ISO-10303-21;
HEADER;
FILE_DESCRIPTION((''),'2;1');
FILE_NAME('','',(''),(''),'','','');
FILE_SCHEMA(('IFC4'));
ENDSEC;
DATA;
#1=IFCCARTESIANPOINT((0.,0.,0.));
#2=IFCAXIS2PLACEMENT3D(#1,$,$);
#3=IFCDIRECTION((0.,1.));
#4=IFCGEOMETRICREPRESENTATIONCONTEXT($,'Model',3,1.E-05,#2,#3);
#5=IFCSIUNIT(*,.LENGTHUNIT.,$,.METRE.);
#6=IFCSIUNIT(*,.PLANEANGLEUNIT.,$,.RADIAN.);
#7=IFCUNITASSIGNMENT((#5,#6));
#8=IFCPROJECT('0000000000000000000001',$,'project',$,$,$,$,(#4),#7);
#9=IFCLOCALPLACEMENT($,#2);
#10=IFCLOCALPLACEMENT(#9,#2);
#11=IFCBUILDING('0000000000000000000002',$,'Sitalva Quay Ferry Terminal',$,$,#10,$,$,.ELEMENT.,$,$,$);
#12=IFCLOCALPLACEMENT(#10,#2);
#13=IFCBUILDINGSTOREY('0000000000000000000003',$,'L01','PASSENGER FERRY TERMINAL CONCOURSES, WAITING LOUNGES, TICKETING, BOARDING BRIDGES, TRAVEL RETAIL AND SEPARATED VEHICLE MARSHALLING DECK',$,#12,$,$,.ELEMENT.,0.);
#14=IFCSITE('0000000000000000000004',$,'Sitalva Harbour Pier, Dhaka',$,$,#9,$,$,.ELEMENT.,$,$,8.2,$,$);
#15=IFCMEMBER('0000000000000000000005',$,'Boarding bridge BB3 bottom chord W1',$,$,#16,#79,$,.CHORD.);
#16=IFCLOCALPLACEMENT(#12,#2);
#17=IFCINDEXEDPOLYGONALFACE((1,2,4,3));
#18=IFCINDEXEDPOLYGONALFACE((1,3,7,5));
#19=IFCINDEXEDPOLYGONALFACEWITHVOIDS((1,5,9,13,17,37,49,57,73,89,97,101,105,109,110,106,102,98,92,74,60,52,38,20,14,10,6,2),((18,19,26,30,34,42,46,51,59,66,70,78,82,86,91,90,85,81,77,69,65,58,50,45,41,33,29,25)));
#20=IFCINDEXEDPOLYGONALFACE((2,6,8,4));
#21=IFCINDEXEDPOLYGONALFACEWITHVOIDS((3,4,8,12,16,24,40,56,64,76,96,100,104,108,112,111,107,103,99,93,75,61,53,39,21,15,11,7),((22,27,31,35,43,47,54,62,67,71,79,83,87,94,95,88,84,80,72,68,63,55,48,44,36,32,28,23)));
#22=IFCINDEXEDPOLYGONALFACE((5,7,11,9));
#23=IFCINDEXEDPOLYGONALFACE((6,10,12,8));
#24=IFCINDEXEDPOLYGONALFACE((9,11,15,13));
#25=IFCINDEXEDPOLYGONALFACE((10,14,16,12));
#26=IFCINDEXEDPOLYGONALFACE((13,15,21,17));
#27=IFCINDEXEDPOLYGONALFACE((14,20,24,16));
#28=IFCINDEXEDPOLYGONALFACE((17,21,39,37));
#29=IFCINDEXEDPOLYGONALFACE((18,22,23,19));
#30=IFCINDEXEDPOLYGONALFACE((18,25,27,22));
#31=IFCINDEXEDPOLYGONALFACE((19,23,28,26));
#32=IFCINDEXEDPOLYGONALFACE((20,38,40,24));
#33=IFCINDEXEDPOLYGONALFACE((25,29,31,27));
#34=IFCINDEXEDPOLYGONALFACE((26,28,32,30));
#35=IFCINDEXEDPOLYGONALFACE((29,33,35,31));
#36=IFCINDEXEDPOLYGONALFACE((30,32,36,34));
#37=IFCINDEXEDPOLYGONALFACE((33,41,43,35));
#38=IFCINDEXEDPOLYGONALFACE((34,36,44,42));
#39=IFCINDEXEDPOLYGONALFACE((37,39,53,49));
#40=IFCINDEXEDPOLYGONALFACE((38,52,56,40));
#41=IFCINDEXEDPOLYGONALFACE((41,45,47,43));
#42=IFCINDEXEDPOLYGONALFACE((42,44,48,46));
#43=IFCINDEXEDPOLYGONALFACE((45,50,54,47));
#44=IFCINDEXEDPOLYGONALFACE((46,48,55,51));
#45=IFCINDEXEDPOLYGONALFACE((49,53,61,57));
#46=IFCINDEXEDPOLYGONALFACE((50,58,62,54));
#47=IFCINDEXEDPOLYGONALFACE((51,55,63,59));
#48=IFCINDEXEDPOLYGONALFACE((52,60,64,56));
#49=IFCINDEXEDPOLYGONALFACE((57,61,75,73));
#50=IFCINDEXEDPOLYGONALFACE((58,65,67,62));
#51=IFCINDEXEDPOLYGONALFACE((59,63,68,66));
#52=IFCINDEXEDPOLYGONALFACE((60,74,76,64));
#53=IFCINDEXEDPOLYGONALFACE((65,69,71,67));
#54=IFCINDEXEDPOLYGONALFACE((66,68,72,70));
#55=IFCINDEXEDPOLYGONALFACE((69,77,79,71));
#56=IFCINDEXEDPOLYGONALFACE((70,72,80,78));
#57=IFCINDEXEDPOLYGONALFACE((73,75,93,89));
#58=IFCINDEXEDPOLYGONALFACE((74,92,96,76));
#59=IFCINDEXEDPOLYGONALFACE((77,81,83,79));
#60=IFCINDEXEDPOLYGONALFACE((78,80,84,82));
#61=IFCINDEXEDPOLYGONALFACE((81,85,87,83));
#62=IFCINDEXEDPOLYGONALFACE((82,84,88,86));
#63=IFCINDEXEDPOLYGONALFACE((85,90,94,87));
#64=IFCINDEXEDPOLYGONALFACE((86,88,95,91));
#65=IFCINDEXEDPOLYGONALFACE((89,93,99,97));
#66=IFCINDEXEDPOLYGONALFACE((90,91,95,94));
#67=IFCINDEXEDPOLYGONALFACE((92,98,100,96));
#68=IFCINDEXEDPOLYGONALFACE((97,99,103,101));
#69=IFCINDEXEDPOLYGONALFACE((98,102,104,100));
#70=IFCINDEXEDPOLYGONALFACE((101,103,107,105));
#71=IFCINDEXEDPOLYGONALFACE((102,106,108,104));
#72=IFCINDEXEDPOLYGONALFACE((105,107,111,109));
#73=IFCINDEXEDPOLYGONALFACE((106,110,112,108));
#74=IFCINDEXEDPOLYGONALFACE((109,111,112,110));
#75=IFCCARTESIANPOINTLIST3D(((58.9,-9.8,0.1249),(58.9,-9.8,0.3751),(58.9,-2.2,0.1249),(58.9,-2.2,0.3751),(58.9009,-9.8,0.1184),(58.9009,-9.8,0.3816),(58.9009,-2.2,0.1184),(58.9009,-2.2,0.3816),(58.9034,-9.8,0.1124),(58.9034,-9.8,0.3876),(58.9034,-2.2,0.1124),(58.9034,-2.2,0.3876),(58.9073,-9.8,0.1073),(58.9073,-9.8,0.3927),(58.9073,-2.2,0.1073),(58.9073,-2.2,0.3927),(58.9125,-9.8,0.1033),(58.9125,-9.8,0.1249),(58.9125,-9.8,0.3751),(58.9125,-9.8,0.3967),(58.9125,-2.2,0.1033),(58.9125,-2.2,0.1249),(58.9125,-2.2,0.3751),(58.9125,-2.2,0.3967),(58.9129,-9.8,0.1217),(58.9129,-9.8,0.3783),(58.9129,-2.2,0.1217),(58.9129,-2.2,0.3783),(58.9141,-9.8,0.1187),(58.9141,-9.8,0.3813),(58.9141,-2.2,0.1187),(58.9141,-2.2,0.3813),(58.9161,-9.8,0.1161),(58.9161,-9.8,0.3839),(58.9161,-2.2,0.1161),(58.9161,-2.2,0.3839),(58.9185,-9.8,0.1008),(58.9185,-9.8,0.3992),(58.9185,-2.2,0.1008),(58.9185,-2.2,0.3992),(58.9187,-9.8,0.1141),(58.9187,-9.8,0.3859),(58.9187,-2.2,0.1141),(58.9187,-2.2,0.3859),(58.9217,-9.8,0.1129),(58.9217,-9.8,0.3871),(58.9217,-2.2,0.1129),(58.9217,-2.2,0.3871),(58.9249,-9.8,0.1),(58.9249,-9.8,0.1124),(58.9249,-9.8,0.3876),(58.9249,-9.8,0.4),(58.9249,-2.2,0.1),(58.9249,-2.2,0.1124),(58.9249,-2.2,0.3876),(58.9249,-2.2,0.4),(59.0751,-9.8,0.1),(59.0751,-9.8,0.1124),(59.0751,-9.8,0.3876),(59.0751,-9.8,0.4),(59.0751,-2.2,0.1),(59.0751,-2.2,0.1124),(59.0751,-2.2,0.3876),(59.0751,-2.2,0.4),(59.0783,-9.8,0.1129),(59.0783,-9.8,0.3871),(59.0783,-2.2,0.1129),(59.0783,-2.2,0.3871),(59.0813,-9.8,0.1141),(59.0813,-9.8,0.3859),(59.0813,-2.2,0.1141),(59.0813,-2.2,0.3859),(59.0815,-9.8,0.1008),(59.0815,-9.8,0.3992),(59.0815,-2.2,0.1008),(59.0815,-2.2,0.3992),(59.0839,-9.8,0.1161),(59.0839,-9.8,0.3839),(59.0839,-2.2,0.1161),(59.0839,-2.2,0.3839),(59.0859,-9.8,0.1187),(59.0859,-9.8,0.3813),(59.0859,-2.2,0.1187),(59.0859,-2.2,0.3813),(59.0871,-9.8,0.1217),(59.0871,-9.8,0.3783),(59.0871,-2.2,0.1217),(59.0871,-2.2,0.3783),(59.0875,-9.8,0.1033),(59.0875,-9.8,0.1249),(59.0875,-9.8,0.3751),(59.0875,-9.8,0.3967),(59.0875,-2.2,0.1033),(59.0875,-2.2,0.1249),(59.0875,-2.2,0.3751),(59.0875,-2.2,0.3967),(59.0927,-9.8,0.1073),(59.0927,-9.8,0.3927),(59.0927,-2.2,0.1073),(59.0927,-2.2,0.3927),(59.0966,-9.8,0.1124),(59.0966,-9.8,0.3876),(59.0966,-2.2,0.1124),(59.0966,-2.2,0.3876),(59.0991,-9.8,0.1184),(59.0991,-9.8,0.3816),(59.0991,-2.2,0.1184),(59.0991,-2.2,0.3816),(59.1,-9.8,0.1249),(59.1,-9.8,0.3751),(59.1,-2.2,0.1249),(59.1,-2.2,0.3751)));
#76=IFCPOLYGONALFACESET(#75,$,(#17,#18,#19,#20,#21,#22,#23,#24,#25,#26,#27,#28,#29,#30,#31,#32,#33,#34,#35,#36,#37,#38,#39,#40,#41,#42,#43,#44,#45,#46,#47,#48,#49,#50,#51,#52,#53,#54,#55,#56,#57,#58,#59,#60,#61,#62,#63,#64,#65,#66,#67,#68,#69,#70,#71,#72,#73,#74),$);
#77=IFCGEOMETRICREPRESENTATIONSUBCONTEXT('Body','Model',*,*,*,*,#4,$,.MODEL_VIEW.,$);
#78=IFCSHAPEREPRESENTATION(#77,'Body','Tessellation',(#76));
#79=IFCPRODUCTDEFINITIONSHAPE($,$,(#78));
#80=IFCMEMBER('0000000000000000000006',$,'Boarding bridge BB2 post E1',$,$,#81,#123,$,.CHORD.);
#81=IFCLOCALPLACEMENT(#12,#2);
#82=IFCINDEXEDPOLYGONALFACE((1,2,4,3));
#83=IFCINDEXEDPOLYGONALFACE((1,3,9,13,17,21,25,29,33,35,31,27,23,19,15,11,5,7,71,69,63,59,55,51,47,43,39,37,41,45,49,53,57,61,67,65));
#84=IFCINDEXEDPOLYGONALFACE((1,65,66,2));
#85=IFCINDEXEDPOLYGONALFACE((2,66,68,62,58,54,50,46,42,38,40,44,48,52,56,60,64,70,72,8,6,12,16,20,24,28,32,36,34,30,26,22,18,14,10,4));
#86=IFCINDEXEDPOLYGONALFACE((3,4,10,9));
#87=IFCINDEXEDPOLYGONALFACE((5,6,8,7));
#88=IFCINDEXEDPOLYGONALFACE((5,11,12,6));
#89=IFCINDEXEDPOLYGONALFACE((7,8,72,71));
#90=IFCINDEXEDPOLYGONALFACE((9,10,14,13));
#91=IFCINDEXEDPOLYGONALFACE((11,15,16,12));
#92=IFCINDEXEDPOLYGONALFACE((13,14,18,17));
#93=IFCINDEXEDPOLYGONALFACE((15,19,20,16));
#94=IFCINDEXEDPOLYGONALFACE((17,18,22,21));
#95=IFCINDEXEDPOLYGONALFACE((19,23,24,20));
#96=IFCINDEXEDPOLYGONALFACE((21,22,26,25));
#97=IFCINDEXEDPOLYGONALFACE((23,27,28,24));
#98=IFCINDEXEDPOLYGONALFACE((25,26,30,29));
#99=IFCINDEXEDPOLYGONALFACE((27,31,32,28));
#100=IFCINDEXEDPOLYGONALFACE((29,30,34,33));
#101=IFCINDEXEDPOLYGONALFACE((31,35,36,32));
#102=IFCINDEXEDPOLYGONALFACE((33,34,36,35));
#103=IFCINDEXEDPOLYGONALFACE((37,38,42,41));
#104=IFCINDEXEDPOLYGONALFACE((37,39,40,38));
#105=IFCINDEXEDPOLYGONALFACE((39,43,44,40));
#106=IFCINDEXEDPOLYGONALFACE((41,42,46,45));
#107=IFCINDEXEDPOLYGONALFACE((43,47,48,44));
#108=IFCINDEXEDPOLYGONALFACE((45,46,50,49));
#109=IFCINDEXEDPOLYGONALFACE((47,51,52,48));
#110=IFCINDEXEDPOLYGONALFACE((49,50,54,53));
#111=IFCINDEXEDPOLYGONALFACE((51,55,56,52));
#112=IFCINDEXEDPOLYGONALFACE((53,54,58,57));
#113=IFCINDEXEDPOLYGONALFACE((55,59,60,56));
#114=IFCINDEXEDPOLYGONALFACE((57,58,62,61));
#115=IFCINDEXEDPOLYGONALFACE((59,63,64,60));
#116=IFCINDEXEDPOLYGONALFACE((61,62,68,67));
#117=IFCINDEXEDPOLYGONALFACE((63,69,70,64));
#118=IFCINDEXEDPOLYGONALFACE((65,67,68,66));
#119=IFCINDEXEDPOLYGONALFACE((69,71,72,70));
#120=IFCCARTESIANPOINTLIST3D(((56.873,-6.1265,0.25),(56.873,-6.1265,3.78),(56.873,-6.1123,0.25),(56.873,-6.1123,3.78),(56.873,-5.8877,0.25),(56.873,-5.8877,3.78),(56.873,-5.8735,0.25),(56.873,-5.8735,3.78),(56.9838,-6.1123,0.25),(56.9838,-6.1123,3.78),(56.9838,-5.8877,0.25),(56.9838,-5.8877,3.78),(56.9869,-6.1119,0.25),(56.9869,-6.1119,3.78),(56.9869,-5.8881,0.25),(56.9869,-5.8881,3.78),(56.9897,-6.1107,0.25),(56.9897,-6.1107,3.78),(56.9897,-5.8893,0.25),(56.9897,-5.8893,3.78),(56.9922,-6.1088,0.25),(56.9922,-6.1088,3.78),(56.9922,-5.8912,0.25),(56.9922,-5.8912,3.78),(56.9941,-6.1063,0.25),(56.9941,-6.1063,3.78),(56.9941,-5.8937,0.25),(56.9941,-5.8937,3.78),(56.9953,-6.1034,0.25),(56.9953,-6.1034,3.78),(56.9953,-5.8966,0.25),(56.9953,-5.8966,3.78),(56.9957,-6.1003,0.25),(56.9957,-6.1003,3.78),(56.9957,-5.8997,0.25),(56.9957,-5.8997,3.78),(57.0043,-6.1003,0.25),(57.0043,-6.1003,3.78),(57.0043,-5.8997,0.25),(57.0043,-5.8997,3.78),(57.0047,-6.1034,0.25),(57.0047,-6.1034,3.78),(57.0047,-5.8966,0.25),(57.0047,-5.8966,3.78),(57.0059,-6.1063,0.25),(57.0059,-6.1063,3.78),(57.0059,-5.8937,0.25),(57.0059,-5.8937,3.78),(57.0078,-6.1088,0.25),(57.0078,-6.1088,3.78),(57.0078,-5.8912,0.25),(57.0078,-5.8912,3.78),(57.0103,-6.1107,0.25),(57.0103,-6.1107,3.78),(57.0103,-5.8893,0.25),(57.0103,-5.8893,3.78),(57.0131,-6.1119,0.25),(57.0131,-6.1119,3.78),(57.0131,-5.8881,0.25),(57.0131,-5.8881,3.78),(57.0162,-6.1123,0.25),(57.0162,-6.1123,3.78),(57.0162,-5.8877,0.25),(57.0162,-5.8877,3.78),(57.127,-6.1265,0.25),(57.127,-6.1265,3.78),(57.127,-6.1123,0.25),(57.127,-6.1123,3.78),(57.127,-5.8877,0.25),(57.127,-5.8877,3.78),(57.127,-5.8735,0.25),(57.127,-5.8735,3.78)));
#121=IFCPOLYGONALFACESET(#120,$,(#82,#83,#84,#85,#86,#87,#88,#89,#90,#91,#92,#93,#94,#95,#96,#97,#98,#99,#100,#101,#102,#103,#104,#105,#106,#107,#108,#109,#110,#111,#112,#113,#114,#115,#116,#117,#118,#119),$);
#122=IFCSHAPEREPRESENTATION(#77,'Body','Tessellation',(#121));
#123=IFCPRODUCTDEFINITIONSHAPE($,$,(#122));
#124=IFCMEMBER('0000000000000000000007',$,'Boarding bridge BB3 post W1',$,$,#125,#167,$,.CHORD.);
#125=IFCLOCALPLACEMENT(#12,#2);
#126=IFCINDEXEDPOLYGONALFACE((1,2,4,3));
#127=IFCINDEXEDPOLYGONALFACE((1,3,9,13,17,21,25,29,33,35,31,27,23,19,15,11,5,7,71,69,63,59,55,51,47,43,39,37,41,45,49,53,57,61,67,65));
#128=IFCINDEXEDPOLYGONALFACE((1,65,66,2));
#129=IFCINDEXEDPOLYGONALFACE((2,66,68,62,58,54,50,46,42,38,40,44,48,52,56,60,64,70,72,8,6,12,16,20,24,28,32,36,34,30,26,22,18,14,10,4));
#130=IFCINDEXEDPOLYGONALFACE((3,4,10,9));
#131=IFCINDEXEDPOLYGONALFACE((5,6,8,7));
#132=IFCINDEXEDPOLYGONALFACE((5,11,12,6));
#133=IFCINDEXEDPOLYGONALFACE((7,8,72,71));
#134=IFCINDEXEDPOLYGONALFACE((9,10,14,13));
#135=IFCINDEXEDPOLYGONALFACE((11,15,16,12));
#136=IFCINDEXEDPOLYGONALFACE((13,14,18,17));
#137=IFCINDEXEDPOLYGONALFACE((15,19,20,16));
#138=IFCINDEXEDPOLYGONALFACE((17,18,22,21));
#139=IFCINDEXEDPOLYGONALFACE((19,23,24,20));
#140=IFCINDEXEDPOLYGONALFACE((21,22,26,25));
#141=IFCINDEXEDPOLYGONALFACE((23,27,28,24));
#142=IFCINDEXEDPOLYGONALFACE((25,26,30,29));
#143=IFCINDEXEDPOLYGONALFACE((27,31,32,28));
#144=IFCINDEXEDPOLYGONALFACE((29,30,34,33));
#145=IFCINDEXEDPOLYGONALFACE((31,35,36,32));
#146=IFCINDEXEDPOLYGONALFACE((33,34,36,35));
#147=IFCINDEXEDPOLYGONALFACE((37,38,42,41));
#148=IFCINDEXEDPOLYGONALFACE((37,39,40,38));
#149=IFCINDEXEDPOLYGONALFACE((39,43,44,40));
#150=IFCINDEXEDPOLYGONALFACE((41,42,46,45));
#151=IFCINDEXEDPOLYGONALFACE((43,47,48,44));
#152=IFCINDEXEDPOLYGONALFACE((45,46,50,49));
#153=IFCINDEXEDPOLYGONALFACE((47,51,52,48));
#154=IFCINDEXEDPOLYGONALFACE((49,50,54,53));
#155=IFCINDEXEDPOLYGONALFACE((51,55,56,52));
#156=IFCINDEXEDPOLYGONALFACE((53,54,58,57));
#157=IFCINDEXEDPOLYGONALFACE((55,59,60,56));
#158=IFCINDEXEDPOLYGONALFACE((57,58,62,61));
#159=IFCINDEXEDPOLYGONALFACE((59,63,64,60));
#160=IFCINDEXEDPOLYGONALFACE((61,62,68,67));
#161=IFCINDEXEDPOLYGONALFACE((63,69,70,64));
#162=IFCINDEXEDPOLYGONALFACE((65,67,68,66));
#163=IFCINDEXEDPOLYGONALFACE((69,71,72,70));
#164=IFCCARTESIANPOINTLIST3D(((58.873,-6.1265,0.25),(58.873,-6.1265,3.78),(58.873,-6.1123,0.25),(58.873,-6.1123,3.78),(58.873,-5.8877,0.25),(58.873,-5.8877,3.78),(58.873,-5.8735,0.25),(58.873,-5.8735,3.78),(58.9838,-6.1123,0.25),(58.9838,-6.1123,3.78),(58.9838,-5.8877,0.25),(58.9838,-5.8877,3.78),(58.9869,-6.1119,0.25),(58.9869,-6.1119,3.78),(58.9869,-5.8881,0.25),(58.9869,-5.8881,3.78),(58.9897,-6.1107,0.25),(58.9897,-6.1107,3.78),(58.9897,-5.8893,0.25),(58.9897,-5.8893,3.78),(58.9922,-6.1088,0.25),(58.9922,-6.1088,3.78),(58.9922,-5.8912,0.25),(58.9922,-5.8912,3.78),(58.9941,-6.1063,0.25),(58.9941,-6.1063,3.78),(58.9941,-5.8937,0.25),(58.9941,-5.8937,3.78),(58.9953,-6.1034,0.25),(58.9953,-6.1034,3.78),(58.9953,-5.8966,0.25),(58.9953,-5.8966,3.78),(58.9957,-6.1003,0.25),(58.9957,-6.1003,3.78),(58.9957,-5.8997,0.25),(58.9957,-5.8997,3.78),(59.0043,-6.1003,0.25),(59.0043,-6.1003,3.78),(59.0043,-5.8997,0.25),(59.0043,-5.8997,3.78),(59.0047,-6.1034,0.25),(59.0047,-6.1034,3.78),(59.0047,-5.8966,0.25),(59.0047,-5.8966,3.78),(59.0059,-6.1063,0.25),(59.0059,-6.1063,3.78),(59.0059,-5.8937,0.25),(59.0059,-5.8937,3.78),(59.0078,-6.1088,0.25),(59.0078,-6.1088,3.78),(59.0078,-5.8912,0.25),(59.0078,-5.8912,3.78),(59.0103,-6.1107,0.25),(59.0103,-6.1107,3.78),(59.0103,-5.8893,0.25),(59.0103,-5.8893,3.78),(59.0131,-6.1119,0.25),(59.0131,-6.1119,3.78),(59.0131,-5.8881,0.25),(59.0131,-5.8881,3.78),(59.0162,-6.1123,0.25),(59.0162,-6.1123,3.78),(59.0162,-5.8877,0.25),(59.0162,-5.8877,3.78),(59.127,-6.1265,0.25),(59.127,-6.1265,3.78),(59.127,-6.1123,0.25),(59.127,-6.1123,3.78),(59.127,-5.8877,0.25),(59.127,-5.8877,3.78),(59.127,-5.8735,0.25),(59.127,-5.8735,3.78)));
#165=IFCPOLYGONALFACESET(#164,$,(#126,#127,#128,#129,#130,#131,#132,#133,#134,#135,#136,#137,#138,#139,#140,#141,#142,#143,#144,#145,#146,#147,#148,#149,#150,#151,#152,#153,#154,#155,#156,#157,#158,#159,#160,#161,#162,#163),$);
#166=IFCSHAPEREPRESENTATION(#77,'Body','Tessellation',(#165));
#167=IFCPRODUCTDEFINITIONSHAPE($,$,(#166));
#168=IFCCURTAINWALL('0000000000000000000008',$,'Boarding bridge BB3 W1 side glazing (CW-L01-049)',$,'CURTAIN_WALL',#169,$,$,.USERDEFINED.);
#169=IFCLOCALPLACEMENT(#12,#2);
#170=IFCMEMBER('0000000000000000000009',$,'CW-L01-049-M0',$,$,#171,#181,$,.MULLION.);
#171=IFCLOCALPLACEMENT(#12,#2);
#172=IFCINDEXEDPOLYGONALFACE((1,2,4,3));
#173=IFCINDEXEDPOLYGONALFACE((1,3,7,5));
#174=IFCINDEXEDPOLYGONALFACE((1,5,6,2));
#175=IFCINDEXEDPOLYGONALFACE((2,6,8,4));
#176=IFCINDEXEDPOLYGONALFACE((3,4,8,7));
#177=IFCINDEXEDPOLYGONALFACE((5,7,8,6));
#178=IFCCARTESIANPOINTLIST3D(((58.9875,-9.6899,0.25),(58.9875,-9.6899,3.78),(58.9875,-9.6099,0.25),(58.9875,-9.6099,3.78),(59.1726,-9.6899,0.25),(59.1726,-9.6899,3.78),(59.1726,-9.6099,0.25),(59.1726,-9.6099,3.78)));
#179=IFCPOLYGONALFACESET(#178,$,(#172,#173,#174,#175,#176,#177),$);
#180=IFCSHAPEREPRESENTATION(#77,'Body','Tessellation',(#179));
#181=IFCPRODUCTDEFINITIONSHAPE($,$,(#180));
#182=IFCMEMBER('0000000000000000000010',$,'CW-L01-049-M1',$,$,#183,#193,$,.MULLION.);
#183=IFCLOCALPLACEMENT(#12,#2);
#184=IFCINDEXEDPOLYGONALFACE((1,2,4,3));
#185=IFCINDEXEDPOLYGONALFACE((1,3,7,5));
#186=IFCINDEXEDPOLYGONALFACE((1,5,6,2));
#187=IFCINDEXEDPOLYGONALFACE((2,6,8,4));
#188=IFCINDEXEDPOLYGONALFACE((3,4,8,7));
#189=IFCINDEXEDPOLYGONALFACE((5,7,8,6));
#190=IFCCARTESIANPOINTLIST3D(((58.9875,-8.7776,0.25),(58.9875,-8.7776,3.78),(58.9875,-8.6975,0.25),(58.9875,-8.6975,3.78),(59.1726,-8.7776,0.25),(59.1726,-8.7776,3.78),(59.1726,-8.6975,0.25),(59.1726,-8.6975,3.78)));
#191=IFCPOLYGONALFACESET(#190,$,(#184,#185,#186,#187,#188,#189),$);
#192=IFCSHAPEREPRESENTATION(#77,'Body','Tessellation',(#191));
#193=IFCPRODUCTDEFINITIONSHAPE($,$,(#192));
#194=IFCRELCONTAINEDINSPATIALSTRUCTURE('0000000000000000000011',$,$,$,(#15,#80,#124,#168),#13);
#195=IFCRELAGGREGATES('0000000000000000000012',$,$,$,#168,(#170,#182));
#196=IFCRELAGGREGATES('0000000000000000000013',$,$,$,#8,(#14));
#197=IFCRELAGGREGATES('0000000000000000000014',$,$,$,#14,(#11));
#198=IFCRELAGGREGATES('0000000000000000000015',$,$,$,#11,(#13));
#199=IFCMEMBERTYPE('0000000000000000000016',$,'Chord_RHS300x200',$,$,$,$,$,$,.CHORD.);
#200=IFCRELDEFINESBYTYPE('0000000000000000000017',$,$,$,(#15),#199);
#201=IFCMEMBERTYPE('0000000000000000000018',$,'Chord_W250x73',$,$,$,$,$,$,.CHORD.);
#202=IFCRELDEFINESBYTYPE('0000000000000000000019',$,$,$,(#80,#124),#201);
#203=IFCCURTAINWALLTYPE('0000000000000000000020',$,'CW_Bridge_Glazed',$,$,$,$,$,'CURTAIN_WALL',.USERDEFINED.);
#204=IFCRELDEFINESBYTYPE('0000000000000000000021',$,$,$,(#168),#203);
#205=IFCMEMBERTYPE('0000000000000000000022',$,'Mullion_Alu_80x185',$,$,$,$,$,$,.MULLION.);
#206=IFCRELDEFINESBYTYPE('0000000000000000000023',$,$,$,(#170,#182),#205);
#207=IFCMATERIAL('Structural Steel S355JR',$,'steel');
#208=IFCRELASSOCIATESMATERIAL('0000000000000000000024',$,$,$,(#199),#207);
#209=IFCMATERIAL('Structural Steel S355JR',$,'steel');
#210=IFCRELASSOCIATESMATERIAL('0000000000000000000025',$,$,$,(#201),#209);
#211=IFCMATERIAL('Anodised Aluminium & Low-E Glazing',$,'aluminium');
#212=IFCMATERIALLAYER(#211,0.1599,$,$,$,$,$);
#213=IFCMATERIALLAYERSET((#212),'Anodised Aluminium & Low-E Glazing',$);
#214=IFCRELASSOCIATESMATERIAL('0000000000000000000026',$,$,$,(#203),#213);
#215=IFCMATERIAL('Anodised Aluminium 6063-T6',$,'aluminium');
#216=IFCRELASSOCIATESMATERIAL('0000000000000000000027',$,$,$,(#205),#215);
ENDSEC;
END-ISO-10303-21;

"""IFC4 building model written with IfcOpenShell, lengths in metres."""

from ifc_helpers import new_model, si_unit, direction, frame, origin, origin_2d, place, context, subcontext, project, spatial, rectangle, hollow_rectangle, i_section, extrude, material, layer, layer_set, material_profile, profile_set, type_object, element, aggregate, save


model = new_model("IFC4")

# Units and contexts
model_context = context("Model", 3, precision=1e-05, world=origin(), true_north=direction((0.0, 1.0)))
body_context = subcontext(model_context, "Body", "Model", "MODEL_VIEW")
ifc_project = project(units=[si_unit("LENGTHUNIT", "METRE"), si_unit("PLANEANGLEUNIT", "RADIAN")], contexts=[model_context])

# Site, building, storey
site_placement = place(None, origin())
site = spatial("IfcSite", under=ifc_project, at=site_placement, Name="Sitalva Harbour Pier, Dhaka", CompositionType="ELEMENT", RefElevation=8.2)
building_placement = place(site_placement, origin())
building = spatial("IfcBuilding", under=site, at=building_placement, Name="Sitalva Quay Ferry Terminal", CompositionType="ELEMENT")
storey_placement = place(building_placement, origin())
storey = spatial("IfcBuildingStorey", under=building, at=storey_placement, Name="L01", Description="PASSENGER FERRY TERMINAL CONCOURSES, WAITING LOUNGES, TICKETING, BOARDING BRIDGES, TRAVEL RETAIL AND SEPARATED VEHICLE MARSHALLING DECK", CompositionType="ELEMENT", Elevation=0.0)

# Members
ifc_material_1 = material(Name="Structural Steel S355JR", Category="steel")
ifc_material_profile_1 = material_profile(ifc_material_1, hollow_rectangle(XDim=0.2, YDim=0.3, WallThickness=0.0125, InnerFilletRadius=0.0125, OuterFilletRadius=0.0249, at=origin_2d()), Name="RHS300x200x12.5")
ifc_profile_set_1 = profile_set([ifc_material_profile_1], Name="Structural Steel S355JR")
member_type_1 = type_object("IfcMemberType", Name="Chord_RHS300x200", PredefinedType="CHORD", material=ifc_profile_set_1)
for number, where, z_axis, x_axis, name in (
    (1, (59.0, -9.8, 0.25), (0.0, 1.0, 0.0), (-1.0, 0.0, 0.0), "Boarding bridge BB3 bottom chord W1"),
):
    element("IfcMember", number, at=place(storey_placement, frame(where, z_axis=z_axis, x_axis=x_axis)), inside=storey, type_object=member_type_1, Name=name, PredefinedType="CHORD", context=body_context, shape_type="SweptSolid", body=[
        extrude(hollow_rectangle(XDim=0.2, YDim=0.3, WallThickness=0.0125, InnerFilletRadius=0.0125, OuterFilletRadius=0.0249, at=origin_2d()), origin(), (0.0, 0.0, 1.0), 7.6001),
    ])
ifc_material_2 = material(Name="Structural Steel S355JR", Category="steel")
ifc_material_profile_2 = material_profile(ifc_material_2, i_section(OverallWidth=0.2539, OverallDepth=0.2529, WebThickness=0.0085, FlangeThickness=0.0142, FilletRadius=0.012, at=origin_2d()), Name="W250x73")
ifc_profile_set_2 = profile_set([ifc_material_profile_2], Name="Structural Steel S355JR")
member_type_2 = type_object("IfcMemberType", Name="Chord_W250x73", PredefinedType="CHORD", material=ifc_profile_set_2)
for number, where, z_axis, x_axis, name in (
    (2, (57.0, -6.0, 0.25), (0.0, 0.0, 1.0), (1.0, 0.0, 0.0), "Boarding bridge BB2 post E1"),
    (3, (59.0, -6.0, 0.25), (0.0, 0.0, 1.0), (1.0, 0.0, 0.0), "Boarding bridge BB3 post W1"),
):
    element("IfcMember", number, at=place(storey_placement, frame(where, z_axis=z_axis, x_axis=x_axis)), inside=storey, type_object=member_type_2, Name=name, PredefinedType="CHORD", context=body_context, shape_type="SweptSolid", body=[
        extrude(i_section(OverallWidth=0.2539, OverallDepth=0.2529, WebThickness=0.0085, FlangeThickness=0.0142, FilletRadius=0.012, at=origin_2d()), origin(), (0.0, 0.0, 1.0), 3.53),
    ])

# Curtain wall, members
ifc_material_3 = material(Name="Anodised Aluminium & Low-E Glazing", Category="aluminium")
ifc_layer_1 = layer(ifc_material_3, 0.1599)
ifc_layer_set_1 = layer_set([ifc_layer_1], Name="Anodised Aluminium & Low-E Glazing")
curtain_wall_type = type_object("IfcCurtainWallType", Name="CW_Bridge_Glazed", ElementType="CURTAIN_WALL", PredefinedType="USERDEFINED", material=ifc_layer_set_1)
curtain_wall_placement = place(storey_placement, origin())
curtain_wall = element("IfcCurtainWall", 4, at=curtain_wall_placement, inside=storey, type_object=curtain_wall_type, Name="Boarding bridge BB3 W1 side glazing (CW-L01-049)", ObjectType="CURTAIN_WALL", PredefinedType="USERDEFINED")
ifc_material_4 = material(Name="Anodised Aluminium 6063-T6", Category="aluminium")
ifc_material_profile_3 = material_profile(ifc_material_4, rectangle(XDim=0.0801, YDim=0.1851, at=origin_2d()), Name="ALU80x185")
ifc_profile_set_3 = profile_set([ifc_material_profile_3], Name="Anodised Aluminium 6063-T6")
member_type_3 = type_object("IfcMemberType", Name="Mullion_Alu_80x185", PredefinedType="MULLION", material=ifc_profile_set_3)
member_1_placement = place(storey_placement, frame((59.0801, -9.6499, 0.25), z_axis=(0.0, 0.0, 1.0), x_axis=(0.0, 1.0, 0.0)))
member_1 = element("IfcMember", 5, at=member_1_placement, type_object=member_type_3, Name="CW-L01-049-M0", PredefinedType="MULLION", context=body_context, shape_type="SweptSolid", body=[
    extrude(rectangle(XDim=0.0801, YDim=0.1851, at=origin_2d()), origin(), (0.0, 0.0, 1.0), 3.53),
])
member_2_placement = place(storey_placement, frame((59.0801, -8.7375, 0.25), z_axis=(0.0, 0.0, 1.0), x_axis=(0.0, 1.0, 0.0)))
member_2 = element("IfcMember", 6, at=member_2_placement, type_object=member_type_3, Name="CW-L01-049-M1", PredefinedType="MULLION", context=body_context, shape_type="SweptSolid", body=[
    extrude(rectangle(XDim=0.0801, YDim=0.1851, at=origin_2d()), origin(), (0.0, 0.0, 1.0), 3.53),
])
aggregate(curtain_wall, [member_1, member_2])

save(model, "model.ifc")
